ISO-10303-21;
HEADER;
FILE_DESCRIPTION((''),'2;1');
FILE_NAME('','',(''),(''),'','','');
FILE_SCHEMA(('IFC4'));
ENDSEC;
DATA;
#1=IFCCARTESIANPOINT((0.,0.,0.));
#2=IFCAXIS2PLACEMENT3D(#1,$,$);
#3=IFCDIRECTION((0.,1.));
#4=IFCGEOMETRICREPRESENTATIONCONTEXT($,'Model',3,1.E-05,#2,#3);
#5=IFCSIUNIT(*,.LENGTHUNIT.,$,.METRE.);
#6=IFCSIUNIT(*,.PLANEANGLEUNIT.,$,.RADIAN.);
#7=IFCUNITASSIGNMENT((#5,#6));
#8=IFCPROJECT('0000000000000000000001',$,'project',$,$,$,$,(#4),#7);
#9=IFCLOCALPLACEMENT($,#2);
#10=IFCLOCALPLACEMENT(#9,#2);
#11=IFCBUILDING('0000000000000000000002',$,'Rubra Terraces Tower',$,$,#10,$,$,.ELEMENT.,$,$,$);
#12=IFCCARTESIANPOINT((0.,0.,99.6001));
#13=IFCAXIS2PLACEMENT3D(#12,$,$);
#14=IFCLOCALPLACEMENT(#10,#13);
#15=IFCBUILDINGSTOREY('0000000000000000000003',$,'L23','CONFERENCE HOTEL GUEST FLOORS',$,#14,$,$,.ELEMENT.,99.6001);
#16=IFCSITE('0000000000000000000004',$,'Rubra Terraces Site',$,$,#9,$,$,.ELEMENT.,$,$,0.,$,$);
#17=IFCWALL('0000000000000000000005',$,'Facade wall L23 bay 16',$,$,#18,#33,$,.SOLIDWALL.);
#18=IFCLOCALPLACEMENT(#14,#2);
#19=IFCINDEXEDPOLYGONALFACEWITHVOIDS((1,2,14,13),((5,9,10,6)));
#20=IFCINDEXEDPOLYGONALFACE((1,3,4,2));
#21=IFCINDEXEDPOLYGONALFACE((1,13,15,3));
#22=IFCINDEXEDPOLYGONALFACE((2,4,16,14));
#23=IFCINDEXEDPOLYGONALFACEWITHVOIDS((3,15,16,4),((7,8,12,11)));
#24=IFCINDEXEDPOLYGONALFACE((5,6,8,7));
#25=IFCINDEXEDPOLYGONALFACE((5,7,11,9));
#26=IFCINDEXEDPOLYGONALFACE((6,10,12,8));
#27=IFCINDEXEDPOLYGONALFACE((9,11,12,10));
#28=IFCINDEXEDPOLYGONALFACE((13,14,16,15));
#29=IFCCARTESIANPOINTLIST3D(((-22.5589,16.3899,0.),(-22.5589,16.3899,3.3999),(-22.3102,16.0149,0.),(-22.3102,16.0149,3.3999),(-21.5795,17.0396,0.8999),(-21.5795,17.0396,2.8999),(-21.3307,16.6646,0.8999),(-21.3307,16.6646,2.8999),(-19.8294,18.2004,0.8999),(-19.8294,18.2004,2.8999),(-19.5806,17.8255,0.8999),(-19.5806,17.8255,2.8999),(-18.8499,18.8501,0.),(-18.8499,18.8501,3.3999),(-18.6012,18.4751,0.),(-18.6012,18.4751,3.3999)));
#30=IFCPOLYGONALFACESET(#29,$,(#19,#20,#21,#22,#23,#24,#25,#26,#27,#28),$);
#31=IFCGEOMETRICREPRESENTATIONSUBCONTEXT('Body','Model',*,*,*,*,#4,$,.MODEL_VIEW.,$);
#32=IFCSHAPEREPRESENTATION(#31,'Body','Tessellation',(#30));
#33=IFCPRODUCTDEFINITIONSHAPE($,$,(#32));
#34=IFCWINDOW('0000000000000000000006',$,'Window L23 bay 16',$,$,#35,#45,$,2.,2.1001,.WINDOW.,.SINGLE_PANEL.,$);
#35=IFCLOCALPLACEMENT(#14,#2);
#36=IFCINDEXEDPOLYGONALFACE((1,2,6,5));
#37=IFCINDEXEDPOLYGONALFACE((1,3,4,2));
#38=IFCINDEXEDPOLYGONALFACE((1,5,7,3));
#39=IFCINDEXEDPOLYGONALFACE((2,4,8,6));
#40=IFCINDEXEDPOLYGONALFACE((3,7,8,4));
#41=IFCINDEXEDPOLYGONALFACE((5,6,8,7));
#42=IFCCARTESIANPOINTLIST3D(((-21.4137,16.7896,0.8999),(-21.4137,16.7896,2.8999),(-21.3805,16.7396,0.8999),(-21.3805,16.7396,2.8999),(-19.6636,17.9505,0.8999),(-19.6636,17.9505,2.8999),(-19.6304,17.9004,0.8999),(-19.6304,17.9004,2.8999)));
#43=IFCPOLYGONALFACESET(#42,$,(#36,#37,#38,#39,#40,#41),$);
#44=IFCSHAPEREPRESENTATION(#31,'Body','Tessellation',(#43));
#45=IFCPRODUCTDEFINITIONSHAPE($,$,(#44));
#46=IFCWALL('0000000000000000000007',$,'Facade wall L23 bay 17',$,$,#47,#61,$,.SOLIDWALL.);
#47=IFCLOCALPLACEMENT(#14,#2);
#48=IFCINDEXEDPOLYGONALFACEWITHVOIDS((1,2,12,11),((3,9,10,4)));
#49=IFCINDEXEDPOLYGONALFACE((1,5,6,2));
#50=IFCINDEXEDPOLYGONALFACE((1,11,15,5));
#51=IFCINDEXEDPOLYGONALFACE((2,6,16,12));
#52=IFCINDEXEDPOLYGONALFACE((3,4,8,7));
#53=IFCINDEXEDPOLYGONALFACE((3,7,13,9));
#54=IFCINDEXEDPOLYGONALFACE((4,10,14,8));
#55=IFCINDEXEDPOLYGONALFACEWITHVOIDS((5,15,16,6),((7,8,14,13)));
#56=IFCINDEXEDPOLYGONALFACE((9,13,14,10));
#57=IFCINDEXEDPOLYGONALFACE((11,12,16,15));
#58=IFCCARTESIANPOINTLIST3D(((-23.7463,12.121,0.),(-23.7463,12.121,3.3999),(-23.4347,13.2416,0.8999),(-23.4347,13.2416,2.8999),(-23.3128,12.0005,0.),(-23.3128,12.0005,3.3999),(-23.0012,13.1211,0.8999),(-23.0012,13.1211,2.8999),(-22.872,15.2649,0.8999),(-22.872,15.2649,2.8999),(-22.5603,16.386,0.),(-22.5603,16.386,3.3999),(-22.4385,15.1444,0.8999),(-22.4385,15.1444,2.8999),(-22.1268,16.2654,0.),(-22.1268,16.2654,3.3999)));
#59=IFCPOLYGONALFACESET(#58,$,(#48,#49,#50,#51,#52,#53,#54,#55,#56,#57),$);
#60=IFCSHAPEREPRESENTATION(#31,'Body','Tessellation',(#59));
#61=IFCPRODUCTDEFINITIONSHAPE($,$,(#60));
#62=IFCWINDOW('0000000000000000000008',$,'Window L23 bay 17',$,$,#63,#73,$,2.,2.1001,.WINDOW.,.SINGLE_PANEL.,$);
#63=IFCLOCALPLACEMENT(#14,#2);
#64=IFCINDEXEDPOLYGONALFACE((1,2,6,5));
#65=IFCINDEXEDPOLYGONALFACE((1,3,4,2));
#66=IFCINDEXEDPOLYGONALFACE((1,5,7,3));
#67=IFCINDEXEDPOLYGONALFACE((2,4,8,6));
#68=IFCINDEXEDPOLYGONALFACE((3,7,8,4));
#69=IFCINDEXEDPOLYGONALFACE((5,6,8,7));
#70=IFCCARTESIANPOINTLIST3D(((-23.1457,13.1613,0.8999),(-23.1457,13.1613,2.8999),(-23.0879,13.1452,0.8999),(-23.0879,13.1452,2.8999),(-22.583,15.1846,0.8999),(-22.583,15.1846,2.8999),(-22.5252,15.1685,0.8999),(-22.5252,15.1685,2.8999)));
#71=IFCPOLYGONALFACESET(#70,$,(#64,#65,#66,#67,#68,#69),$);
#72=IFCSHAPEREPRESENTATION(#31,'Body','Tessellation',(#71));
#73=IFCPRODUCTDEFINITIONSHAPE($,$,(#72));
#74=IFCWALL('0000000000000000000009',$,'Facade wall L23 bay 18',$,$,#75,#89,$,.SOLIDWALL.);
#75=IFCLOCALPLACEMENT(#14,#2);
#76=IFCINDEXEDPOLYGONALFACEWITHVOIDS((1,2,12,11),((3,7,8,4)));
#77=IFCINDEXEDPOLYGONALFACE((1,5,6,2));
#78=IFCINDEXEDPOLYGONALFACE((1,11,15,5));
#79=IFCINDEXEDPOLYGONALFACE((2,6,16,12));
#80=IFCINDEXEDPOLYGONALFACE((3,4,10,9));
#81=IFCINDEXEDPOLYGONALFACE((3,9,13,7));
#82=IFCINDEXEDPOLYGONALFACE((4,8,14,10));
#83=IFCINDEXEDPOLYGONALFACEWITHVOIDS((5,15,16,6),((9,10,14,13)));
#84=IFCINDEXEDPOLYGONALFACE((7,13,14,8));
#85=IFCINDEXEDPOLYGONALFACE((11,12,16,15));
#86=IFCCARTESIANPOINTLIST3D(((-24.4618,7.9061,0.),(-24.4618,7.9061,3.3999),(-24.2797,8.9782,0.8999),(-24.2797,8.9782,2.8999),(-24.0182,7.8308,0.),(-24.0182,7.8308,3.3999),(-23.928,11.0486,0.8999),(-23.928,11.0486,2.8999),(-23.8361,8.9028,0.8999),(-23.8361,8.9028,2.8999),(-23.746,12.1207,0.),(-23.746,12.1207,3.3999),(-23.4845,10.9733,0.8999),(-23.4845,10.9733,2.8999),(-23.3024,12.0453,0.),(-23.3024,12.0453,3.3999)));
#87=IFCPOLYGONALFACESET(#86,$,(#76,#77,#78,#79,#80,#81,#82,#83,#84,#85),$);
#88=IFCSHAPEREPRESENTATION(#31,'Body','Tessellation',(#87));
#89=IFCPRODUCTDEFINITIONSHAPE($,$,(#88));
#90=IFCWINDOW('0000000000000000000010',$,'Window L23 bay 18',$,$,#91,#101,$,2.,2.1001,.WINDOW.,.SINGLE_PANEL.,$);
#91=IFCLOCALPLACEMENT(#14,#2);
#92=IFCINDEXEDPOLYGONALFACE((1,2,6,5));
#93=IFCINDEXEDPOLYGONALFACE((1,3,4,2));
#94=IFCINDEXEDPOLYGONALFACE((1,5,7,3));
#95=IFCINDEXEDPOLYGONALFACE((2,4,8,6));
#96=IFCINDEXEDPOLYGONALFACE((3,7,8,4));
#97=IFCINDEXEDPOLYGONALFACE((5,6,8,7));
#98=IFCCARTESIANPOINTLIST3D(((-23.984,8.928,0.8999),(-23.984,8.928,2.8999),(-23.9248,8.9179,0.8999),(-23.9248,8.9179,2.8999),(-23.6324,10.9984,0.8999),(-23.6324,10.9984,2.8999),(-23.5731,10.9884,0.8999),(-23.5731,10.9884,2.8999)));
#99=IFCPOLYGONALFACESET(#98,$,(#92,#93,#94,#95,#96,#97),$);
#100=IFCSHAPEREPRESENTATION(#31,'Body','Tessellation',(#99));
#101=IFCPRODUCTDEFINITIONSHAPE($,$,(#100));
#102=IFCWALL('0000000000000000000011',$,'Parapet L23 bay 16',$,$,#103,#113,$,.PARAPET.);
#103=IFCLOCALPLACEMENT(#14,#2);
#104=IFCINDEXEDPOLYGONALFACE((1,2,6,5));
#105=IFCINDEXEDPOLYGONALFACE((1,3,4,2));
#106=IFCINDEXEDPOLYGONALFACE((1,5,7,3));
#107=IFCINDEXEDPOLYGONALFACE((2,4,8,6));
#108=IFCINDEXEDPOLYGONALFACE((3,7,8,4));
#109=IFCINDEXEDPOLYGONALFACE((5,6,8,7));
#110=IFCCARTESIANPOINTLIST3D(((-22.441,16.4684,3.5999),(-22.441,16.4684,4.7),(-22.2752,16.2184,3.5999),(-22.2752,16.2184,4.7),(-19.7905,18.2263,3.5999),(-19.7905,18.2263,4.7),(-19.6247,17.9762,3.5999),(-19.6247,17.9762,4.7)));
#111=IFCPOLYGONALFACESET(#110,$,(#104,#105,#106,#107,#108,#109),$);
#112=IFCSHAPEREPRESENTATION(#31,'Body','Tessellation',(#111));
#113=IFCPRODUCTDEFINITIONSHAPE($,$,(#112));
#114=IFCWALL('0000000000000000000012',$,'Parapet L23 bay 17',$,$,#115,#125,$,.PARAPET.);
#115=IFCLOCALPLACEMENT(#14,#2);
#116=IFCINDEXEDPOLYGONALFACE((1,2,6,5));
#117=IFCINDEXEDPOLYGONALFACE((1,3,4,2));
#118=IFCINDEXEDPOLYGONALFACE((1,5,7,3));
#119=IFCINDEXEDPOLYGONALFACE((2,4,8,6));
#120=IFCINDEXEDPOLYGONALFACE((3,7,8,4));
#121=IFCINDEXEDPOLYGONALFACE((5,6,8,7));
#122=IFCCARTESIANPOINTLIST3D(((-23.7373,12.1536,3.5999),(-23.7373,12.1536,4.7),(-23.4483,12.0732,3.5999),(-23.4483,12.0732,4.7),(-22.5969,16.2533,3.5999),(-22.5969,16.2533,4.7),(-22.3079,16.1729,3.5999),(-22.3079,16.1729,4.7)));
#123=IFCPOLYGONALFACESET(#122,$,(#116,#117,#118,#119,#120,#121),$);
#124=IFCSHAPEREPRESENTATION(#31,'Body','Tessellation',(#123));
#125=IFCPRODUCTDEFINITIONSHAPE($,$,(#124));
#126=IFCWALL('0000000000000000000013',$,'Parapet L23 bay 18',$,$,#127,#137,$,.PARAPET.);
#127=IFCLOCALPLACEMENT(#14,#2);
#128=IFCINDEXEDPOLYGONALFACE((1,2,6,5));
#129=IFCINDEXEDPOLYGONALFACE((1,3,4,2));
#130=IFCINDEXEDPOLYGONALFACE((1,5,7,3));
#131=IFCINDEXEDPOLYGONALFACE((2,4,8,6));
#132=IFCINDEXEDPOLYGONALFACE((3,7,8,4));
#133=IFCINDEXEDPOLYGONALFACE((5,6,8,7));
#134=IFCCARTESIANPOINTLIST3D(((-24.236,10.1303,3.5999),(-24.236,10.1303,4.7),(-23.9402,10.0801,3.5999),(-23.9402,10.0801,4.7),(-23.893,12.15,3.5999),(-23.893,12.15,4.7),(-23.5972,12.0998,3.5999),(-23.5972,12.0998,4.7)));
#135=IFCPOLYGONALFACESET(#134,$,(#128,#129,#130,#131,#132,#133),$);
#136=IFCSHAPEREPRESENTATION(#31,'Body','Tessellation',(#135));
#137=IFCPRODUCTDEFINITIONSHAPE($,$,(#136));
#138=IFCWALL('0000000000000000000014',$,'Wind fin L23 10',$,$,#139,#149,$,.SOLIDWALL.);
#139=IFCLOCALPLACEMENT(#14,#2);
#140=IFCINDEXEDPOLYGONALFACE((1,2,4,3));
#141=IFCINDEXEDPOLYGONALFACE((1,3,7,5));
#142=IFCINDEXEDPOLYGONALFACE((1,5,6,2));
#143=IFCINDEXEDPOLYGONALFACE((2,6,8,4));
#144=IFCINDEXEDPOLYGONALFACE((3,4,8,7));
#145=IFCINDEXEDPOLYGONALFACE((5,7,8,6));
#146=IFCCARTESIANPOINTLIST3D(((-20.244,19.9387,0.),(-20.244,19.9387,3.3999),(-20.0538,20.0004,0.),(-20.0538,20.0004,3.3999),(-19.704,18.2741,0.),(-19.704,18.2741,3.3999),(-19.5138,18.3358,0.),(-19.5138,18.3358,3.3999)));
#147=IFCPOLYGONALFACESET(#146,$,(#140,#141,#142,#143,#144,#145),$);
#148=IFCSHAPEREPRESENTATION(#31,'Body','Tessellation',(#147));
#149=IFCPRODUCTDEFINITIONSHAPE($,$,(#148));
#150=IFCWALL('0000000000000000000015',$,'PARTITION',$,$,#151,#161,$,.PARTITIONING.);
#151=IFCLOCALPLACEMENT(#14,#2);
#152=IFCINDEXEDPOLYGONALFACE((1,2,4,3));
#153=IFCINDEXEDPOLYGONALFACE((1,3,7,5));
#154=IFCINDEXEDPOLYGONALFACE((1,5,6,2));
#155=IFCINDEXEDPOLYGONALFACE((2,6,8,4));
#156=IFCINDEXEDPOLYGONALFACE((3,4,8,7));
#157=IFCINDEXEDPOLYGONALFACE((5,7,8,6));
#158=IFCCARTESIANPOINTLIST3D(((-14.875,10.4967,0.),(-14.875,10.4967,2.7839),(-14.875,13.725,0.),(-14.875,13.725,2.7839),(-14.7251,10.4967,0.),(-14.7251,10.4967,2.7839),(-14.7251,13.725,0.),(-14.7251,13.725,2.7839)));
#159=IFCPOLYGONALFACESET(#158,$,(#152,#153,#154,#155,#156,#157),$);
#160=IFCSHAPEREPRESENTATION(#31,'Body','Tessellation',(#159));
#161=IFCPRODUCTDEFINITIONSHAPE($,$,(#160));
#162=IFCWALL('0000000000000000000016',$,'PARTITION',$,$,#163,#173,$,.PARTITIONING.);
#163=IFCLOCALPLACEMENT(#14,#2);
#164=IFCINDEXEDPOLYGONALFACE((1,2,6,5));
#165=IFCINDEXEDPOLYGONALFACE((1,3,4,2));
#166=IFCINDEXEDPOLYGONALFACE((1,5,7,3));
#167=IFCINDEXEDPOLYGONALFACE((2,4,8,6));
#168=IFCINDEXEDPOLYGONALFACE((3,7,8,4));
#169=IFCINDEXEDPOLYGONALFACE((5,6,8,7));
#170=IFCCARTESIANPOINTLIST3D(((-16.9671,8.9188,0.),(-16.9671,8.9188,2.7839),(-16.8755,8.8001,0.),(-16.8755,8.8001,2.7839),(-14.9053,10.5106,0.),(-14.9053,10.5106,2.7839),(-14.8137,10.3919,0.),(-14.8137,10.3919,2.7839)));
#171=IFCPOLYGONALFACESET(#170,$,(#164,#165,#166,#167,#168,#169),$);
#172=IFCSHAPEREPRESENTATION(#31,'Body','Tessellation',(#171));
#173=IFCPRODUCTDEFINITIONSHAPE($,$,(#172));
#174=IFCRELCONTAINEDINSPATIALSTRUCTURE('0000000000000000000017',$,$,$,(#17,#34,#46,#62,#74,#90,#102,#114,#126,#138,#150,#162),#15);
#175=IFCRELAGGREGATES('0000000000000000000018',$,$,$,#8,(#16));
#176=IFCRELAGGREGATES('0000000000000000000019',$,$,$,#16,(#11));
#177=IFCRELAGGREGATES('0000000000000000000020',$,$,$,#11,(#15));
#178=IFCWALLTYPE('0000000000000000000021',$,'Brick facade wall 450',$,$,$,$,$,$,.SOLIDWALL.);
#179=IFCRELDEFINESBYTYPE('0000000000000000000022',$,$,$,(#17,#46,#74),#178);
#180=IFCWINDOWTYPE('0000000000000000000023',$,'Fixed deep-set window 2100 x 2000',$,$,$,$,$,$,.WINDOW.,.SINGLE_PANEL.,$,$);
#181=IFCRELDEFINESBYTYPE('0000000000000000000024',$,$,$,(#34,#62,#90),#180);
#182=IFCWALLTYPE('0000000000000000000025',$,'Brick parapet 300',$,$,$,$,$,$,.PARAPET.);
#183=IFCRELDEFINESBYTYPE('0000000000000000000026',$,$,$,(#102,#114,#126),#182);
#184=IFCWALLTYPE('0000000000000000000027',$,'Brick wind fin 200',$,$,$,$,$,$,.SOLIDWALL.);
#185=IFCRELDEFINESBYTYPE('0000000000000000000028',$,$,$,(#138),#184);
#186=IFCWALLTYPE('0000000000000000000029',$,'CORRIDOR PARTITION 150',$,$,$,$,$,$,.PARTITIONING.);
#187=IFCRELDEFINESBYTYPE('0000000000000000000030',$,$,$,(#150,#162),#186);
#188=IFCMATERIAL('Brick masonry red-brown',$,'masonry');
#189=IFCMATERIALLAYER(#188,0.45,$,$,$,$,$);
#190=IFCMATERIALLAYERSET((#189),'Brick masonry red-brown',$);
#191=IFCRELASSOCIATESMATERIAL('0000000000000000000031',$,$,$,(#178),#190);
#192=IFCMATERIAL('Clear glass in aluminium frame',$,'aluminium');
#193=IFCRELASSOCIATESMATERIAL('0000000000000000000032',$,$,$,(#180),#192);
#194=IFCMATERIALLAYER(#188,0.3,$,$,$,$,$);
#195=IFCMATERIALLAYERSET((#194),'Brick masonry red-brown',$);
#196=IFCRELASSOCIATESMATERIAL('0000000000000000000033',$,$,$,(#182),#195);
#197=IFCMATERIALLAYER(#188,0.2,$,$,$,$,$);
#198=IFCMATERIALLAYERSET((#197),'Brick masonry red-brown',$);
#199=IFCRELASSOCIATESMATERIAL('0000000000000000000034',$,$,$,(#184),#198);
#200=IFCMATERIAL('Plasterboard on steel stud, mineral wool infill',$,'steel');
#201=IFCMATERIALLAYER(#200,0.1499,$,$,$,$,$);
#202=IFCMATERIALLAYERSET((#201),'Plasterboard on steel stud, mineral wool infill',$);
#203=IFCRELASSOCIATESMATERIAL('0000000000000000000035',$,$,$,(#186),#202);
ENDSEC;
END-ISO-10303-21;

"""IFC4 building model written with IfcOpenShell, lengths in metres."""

from ifc_helpers import new_model, si_unit, direction, frame, frame_2d, origin, place, context, subcontext, project, spatial, rectangle, extrude, material, layer, layer_set, type_object, element, fill, save


model = new_model("IFC4")

# Units and contexts
model_context = context("Model", 3, precision=1e-05, world=origin(), true_north=direction((0.0, 1.0)))
body_context = subcontext(model_context, "Body", "Model", "MODEL_VIEW")
ifc_project = project(units=[si_unit("LENGTHUNIT", "METRE"), si_unit("PLANEANGLEUNIT", "RADIAN")], contexts=[model_context])

# Site, building, storey
site_placement = place(None, origin())
site = spatial("IfcSite", under=ifc_project, at=site_placement, Name="Rubra Terraces Site", CompositionType="ELEMENT", RefElevation=0.0)
building_placement = place(site_placement, origin())
building = spatial("IfcBuilding", under=site, at=building_placement, Name="Rubra Terraces Tower", CompositionType="ELEMENT")
storey_placement = place(building_placement, frame((0.0, 0.0, 99.6001)))
storey = spatial("IfcBuildingStorey", under=building, at=storey_placement, Name="L23", Description="CONFERENCE HOTEL GUEST FLOORS", CompositionType="ELEMENT", Elevation=99.6001)

# Walls, openings, windows
ifc_material_1 = material(Name="Brick masonry red-brown", Category="masonry")
ifc_layer_1 = layer(ifc_material_1, 0.45)
ifc_layer_set_1 = layer_set([ifc_layer_1], Name="Brick masonry red-brown")
wall_type_1 = type_object("IfcWallType", Name="Brick facade wall 450", PredefinedType="SOLIDWALL", material=ifc_layer_set_1)
wall_1_placement = place(storey_placement, frame((-18.7256, 18.6626, 0.0), z_axis=(0.0, 0.0, 1.0), x_axis=(-0.833339, -0.552762, 0.0)))
wall_1 = element("IfcWall", 1, at=wall_1_placement, inside=storey, type_object=wall_type_1, Name="Facade wall L23 bay 16", PredefinedType="SOLIDWALL", context=body_context, shape_type="SweptSolid", body=[
    extrude(rectangle(XDim=4.4507, YDim=0.45, at=frame_2d((2.2253, 0.0))), origin(), (0.0, 0.0, 1.0), 3.3999),
])
opening_1_placement = place(wall_1_placement, frame((1.1753, 0.0, 0.8999)))
opening_1 = element("IfcOpeningElement", 2, at=opening_1_placement, cuts=wall_1, PredefinedType="OPENING", context=body_context, shape_type="SweptSolid", body=[
    extrude(rectangle(XDim=2.1001, YDim=2.0, at=frame_2d((1.05, 1.0))), frame((0.0, 0.2349, 0.0), z_axis=(0.0, -1.0, 0.0), x_axis=(1.0, 0.0, 0.0)), (0.0, 0.0, 1.0), 0.47),
])
ifc_material_2 = material(Name="Clear glass in aluminium frame", Category="aluminium")
window_type = type_object("IfcWindowType", Name="Fixed deep-set window 2100 x 2000", PartitioningType="SINGLE_PANEL", PredefinedType="WINDOW", material=ifc_material_2)
window_1_placement = place(opening_1_placement, origin())
window_1 = element("IfcWindow", 3, at=window_1_placement, inside=storey, type_object=window_type, Name="Window L23 bay 16", OverallHeight=2.0, OverallWidth=2.1001, PartitioningType="SINGLE_PANEL", PredefinedType="WINDOW", context=body_context, shape_type="SweptSolid", body=[
    extrude(rectangle(XDim=2.1001, YDim=2.0, at=frame_2d((1.05, 1.0))), frame((0.0, 0.135, 0.0), z_axis=(0.0, -1.0, 0.0), x_axis=(1.0, 0.0, 0.0)), (0.0, 0.0, 1.0), 0.0601),
])
fill(opening_1, window_1)
wall_2_placement = place(storey_placement, frame((-22.3435, 16.3257, 0.0), z_axis=(0.0, 0.0, 1.0), x_axis=(-0.267925, -0.96344, 0.0)))
wall_2 = element("IfcWall", 4, at=wall_2_placement, inside=storey, type_object=wall_type_1, Name="Facade wall L23 bay 17", PredefinedType="SOLIDWALL", context=body_context, shape_type="SweptSolid", body=[
    extrude(rectangle(XDim=4.4268, YDim=0.45, at=frame_2d((2.2134, 0.0))), origin(), (0.0, 0.0, 1.0), 3.3999),
])
opening_2_placement = place(wall_2_placement, frame((1.1636, 0.0, 0.8999)))
opening_2 = element("IfcOpeningElement", 5, at=opening_2_placement, cuts=wall_2, PredefinedType="OPENING", context=body_context, shape_type="SweptSolid", body=[
    extrude(rectangle(XDim=2.1001, YDim=2.0, at=frame_2d((1.05, 1.0))), frame((0.0, 0.2349, 0.0), z_axis=(0.0, -1.0, 0.0), x_axis=(1.0, 0.0, 0.0)), (0.0, 0.0, 1.0), 0.47),
])
window_2_placement = place(opening_2_placement, origin())
window_2 = element("IfcWindow", 6, at=window_2_placement, inside=storey, type_object=window_type, Name="Window L23 bay 17", OverallHeight=2.0, OverallWidth=2.1001, PartitioningType="SINGLE_PANEL", PredefinedType="WINDOW", context=body_context, shape_type="SweptSolid", body=[
    extrude(rectangle(XDim=2.1001, YDim=2.0, at=frame_2d((1.05, 1.0))), frame((0.0, 0.135, 0.0), z_axis=(0.0, -1.0, 0.0), x_axis=(1.0, 0.0, 0.0)), (0.0, 0.0, 1.0), 0.0601),
])
fill(opening_2, window_2)
wall_3_placement = place(storey_placement, frame((-23.5242, 12.083, 0.0), z_axis=(0.0, 0.0, 1.0), x_axis=(-0.167445, -0.985881, 0.0)))
wall_3 = element("IfcWall", 7, at=wall_3_placement, inside=storey, type_object=wall_type_1, Name="Facade wall L23 bay 18", PredefinedType="SOLIDWALL", context=body_context, shape_type="SweptSolid", body=[
    extrude(rectangle(XDim=4.2749, YDim=0.45, at=frame_2d((2.1375, 0.0))), origin(), (0.0, 0.0, 1.0), 3.3999),
])
opening_3_placement = place(wall_3_placement, frame((1.0874, 0.0, 0.8999)))
opening_3 = element("IfcOpeningElement", 8, at=opening_3_placement, cuts=wall_3, PredefinedType="OPENING", context=body_context, shape_type="SweptSolid", body=[
    extrude(rectangle(XDim=2.1001, YDim=2.0, at=frame_2d((1.05, 1.0))), frame((0.0, 0.2349, 0.0), z_axis=(0.0, -1.0, 0.0), x_axis=(1.0, 0.0, 0.0)), (0.0, 0.0, 1.0), 0.47),
])
window_3_placement = place(opening_3_placement, origin())
window_3 = element("IfcWindow", 9, at=window_3_placement, inside=storey, type_object=window_type, Name="Window L23 bay 18", OverallHeight=2.0, OverallWidth=2.1001, PartitioningType="SINGLE_PANEL", PredefinedType="WINDOW", context=body_context, shape_type="SweptSolid", body=[
    extrude(rectangle(XDim=2.1001, YDim=2.0, at=frame_2d((1.05, 1.0))), frame((0.0, 0.135, 0.0), z_axis=(0.0, -1.0, 0.0), x_axis=(1.0, 0.0, 0.0)), (0.0, 0.0, 1.0), 0.0601),
])
fill(opening_3, window_3)

# Walls
ifc_layer_2 = layer(ifc_material_1, 0.3)
ifc_layer_set_2 = layer_set([ifc_layer_2], Name="Brick masonry red-brown")
wall_type_2 = type_object("IfcWallType", Name="Brick parapet 300", PredefinedType="PARAPET", material=ifc_layer_set_2)
wall_4_placement = place(storey_placement, frame((-19.7075, 18.1013, 3.5999), z_axis=(0.0, 0.0, 1.0), x_axis=(-0.833371, -0.552715, 0.0)))
element("IfcWall", 10, at=wall_4_placement, inside=storey, type_object=wall_type_2, Name="Parapet L23 bay 16", PredefinedType="PARAPET", context=body_context, shape_type="SweptSolid", body=[
    extrude(rectangle(XDim=3.1804, YDim=0.3, at=frame_2d((1.5903, 0.0))), origin(), (0.0, 0.0, 1.0), 1.1001),
])
wall_5_placement = place(storey_placement, frame((-22.4524, 16.2131, 3.5999), z_axis=(0.0, 0.0, 1.0), x_axis=(-0.267993, -0.963421, 0.0)))
element("IfcWall", 11, at=wall_5_placement, inside=storey, type_object=wall_type_2, Name="Parapet L23 bay 17", PredefinedType="PARAPET", context=body_context, shape_type="SweptSolid", body=[
    extrude(rectangle(XDim=4.2554, YDim=0.3, at=frame_2d((2.1277, 0.0))), origin(), (0.0, 0.0, 1.0), 1.1001),
])
wall_6_placement = place(storey_placement, frame((-23.7451, 12.125, 3.5999), z_axis=(0.0, 0.0, 1.0), x_axis=(-0.167432, -0.985884, 0.0)))
element("IfcWall", 12, at=wall_6_placement, inside=storey, type_object=wall_type_2, Name="Parapet L23 bay 18", PredefinedType="PARAPET", context=body_context, shape_type="SweptSolid", body=[
    extrude(rectangle(XDim=2.0486, YDim=0.3, at=frame_2d((1.0244, 0.0))), origin(), (0.0, 0.0, 1.0), 1.1001),
])
ifc_layer_3 = layer(ifc_material_1, 0.2)
ifc_layer_set_3 = layer_set([ifc_layer_3], Name="Brick masonry red-brown")
wall_type_3 = type_object("IfcWallType", Name="Brick wind fin 200", PredefinedType="SOLIDWALL", material=ifc_layer_set_3)
wall_7_placement = place(storey_placement, frame((-19.6089, 18.3049, 0.0), z_axis=(0.0, 0.0, 1.0), x_axis=(-0.3086, 0.951192, 0.0)))
element("IfcWall", 13, at=wall_7_placement, inside=storey, type_object=wall_type_3, Name="Wind fin L23 10", PredefinedType="SOLIDWALL", context=body_context, shape_type="SweptSolid", body=[
    extrude(rectangle(XDim=1.75, YDim=0.2, at=frame_2d((0.875, 0.0))), origin(), (0.0, 0.0, 1.0), 3.3999),
])
ifc_material_3 = material(Name="Plasterboard on steel stud, mineral wool infill", Category="steel")
ifc_layer_4 = layer(ifc_material_3, 0.1499)
ifc_layer_set_4 = layer_set([ifc_layer_4], Name="Plasterboard on steel stud, mineral wool infill")
wall_type_4 = type_object("IfcWallType", Name="CORRIDOR PARTITION 150", PredefinedType="PARTITIONING", material=ifc_layer_set_4)
wall_8_placement = place(storey_placement, frame((-14.8, 13.7251, 0.0), z_axis=(0.0, 0.0, 1.0), x_axis=(0.0, -1.0, 0.0)))
element("IfcWall", 14, at=wall_8_placement, inside=storey, type_object=wall_type_4, Name="PARTITION", PredefinedType="PARTITIONING", context=body_context, shape_type="SweptSolid", body=[
    extrude(rectangle(XDim=3.2283, YDim=0.1499, at=frame_2d((1.6143, 0.0))), origin(), (0.0, 0.0, 1.0), 2.7839),
])
wall_9_placement = place(storey_placement, frame((-14.8596, 10.4512, 0.0), z_axis=(0.0, 0.0, 1.0), x_axis=(-0.791543, -0.611114, 0.0)))
element("IfcWall", 15, at=wall_9_placement, inside=storey, type_object=wall_type_4, Name="PARTITION", PredefinedType="PARTITIONING", context=body_context, shape_type="SweptSolid", body=[
    extrude(rectangle(XDim=2.6047, YDim=0.1499, at=frame_2d((1.3022, 0.0))), origin(), (0.0, 0.0, 1.0), 2.7839),
])

save(model, "model.ifc")
